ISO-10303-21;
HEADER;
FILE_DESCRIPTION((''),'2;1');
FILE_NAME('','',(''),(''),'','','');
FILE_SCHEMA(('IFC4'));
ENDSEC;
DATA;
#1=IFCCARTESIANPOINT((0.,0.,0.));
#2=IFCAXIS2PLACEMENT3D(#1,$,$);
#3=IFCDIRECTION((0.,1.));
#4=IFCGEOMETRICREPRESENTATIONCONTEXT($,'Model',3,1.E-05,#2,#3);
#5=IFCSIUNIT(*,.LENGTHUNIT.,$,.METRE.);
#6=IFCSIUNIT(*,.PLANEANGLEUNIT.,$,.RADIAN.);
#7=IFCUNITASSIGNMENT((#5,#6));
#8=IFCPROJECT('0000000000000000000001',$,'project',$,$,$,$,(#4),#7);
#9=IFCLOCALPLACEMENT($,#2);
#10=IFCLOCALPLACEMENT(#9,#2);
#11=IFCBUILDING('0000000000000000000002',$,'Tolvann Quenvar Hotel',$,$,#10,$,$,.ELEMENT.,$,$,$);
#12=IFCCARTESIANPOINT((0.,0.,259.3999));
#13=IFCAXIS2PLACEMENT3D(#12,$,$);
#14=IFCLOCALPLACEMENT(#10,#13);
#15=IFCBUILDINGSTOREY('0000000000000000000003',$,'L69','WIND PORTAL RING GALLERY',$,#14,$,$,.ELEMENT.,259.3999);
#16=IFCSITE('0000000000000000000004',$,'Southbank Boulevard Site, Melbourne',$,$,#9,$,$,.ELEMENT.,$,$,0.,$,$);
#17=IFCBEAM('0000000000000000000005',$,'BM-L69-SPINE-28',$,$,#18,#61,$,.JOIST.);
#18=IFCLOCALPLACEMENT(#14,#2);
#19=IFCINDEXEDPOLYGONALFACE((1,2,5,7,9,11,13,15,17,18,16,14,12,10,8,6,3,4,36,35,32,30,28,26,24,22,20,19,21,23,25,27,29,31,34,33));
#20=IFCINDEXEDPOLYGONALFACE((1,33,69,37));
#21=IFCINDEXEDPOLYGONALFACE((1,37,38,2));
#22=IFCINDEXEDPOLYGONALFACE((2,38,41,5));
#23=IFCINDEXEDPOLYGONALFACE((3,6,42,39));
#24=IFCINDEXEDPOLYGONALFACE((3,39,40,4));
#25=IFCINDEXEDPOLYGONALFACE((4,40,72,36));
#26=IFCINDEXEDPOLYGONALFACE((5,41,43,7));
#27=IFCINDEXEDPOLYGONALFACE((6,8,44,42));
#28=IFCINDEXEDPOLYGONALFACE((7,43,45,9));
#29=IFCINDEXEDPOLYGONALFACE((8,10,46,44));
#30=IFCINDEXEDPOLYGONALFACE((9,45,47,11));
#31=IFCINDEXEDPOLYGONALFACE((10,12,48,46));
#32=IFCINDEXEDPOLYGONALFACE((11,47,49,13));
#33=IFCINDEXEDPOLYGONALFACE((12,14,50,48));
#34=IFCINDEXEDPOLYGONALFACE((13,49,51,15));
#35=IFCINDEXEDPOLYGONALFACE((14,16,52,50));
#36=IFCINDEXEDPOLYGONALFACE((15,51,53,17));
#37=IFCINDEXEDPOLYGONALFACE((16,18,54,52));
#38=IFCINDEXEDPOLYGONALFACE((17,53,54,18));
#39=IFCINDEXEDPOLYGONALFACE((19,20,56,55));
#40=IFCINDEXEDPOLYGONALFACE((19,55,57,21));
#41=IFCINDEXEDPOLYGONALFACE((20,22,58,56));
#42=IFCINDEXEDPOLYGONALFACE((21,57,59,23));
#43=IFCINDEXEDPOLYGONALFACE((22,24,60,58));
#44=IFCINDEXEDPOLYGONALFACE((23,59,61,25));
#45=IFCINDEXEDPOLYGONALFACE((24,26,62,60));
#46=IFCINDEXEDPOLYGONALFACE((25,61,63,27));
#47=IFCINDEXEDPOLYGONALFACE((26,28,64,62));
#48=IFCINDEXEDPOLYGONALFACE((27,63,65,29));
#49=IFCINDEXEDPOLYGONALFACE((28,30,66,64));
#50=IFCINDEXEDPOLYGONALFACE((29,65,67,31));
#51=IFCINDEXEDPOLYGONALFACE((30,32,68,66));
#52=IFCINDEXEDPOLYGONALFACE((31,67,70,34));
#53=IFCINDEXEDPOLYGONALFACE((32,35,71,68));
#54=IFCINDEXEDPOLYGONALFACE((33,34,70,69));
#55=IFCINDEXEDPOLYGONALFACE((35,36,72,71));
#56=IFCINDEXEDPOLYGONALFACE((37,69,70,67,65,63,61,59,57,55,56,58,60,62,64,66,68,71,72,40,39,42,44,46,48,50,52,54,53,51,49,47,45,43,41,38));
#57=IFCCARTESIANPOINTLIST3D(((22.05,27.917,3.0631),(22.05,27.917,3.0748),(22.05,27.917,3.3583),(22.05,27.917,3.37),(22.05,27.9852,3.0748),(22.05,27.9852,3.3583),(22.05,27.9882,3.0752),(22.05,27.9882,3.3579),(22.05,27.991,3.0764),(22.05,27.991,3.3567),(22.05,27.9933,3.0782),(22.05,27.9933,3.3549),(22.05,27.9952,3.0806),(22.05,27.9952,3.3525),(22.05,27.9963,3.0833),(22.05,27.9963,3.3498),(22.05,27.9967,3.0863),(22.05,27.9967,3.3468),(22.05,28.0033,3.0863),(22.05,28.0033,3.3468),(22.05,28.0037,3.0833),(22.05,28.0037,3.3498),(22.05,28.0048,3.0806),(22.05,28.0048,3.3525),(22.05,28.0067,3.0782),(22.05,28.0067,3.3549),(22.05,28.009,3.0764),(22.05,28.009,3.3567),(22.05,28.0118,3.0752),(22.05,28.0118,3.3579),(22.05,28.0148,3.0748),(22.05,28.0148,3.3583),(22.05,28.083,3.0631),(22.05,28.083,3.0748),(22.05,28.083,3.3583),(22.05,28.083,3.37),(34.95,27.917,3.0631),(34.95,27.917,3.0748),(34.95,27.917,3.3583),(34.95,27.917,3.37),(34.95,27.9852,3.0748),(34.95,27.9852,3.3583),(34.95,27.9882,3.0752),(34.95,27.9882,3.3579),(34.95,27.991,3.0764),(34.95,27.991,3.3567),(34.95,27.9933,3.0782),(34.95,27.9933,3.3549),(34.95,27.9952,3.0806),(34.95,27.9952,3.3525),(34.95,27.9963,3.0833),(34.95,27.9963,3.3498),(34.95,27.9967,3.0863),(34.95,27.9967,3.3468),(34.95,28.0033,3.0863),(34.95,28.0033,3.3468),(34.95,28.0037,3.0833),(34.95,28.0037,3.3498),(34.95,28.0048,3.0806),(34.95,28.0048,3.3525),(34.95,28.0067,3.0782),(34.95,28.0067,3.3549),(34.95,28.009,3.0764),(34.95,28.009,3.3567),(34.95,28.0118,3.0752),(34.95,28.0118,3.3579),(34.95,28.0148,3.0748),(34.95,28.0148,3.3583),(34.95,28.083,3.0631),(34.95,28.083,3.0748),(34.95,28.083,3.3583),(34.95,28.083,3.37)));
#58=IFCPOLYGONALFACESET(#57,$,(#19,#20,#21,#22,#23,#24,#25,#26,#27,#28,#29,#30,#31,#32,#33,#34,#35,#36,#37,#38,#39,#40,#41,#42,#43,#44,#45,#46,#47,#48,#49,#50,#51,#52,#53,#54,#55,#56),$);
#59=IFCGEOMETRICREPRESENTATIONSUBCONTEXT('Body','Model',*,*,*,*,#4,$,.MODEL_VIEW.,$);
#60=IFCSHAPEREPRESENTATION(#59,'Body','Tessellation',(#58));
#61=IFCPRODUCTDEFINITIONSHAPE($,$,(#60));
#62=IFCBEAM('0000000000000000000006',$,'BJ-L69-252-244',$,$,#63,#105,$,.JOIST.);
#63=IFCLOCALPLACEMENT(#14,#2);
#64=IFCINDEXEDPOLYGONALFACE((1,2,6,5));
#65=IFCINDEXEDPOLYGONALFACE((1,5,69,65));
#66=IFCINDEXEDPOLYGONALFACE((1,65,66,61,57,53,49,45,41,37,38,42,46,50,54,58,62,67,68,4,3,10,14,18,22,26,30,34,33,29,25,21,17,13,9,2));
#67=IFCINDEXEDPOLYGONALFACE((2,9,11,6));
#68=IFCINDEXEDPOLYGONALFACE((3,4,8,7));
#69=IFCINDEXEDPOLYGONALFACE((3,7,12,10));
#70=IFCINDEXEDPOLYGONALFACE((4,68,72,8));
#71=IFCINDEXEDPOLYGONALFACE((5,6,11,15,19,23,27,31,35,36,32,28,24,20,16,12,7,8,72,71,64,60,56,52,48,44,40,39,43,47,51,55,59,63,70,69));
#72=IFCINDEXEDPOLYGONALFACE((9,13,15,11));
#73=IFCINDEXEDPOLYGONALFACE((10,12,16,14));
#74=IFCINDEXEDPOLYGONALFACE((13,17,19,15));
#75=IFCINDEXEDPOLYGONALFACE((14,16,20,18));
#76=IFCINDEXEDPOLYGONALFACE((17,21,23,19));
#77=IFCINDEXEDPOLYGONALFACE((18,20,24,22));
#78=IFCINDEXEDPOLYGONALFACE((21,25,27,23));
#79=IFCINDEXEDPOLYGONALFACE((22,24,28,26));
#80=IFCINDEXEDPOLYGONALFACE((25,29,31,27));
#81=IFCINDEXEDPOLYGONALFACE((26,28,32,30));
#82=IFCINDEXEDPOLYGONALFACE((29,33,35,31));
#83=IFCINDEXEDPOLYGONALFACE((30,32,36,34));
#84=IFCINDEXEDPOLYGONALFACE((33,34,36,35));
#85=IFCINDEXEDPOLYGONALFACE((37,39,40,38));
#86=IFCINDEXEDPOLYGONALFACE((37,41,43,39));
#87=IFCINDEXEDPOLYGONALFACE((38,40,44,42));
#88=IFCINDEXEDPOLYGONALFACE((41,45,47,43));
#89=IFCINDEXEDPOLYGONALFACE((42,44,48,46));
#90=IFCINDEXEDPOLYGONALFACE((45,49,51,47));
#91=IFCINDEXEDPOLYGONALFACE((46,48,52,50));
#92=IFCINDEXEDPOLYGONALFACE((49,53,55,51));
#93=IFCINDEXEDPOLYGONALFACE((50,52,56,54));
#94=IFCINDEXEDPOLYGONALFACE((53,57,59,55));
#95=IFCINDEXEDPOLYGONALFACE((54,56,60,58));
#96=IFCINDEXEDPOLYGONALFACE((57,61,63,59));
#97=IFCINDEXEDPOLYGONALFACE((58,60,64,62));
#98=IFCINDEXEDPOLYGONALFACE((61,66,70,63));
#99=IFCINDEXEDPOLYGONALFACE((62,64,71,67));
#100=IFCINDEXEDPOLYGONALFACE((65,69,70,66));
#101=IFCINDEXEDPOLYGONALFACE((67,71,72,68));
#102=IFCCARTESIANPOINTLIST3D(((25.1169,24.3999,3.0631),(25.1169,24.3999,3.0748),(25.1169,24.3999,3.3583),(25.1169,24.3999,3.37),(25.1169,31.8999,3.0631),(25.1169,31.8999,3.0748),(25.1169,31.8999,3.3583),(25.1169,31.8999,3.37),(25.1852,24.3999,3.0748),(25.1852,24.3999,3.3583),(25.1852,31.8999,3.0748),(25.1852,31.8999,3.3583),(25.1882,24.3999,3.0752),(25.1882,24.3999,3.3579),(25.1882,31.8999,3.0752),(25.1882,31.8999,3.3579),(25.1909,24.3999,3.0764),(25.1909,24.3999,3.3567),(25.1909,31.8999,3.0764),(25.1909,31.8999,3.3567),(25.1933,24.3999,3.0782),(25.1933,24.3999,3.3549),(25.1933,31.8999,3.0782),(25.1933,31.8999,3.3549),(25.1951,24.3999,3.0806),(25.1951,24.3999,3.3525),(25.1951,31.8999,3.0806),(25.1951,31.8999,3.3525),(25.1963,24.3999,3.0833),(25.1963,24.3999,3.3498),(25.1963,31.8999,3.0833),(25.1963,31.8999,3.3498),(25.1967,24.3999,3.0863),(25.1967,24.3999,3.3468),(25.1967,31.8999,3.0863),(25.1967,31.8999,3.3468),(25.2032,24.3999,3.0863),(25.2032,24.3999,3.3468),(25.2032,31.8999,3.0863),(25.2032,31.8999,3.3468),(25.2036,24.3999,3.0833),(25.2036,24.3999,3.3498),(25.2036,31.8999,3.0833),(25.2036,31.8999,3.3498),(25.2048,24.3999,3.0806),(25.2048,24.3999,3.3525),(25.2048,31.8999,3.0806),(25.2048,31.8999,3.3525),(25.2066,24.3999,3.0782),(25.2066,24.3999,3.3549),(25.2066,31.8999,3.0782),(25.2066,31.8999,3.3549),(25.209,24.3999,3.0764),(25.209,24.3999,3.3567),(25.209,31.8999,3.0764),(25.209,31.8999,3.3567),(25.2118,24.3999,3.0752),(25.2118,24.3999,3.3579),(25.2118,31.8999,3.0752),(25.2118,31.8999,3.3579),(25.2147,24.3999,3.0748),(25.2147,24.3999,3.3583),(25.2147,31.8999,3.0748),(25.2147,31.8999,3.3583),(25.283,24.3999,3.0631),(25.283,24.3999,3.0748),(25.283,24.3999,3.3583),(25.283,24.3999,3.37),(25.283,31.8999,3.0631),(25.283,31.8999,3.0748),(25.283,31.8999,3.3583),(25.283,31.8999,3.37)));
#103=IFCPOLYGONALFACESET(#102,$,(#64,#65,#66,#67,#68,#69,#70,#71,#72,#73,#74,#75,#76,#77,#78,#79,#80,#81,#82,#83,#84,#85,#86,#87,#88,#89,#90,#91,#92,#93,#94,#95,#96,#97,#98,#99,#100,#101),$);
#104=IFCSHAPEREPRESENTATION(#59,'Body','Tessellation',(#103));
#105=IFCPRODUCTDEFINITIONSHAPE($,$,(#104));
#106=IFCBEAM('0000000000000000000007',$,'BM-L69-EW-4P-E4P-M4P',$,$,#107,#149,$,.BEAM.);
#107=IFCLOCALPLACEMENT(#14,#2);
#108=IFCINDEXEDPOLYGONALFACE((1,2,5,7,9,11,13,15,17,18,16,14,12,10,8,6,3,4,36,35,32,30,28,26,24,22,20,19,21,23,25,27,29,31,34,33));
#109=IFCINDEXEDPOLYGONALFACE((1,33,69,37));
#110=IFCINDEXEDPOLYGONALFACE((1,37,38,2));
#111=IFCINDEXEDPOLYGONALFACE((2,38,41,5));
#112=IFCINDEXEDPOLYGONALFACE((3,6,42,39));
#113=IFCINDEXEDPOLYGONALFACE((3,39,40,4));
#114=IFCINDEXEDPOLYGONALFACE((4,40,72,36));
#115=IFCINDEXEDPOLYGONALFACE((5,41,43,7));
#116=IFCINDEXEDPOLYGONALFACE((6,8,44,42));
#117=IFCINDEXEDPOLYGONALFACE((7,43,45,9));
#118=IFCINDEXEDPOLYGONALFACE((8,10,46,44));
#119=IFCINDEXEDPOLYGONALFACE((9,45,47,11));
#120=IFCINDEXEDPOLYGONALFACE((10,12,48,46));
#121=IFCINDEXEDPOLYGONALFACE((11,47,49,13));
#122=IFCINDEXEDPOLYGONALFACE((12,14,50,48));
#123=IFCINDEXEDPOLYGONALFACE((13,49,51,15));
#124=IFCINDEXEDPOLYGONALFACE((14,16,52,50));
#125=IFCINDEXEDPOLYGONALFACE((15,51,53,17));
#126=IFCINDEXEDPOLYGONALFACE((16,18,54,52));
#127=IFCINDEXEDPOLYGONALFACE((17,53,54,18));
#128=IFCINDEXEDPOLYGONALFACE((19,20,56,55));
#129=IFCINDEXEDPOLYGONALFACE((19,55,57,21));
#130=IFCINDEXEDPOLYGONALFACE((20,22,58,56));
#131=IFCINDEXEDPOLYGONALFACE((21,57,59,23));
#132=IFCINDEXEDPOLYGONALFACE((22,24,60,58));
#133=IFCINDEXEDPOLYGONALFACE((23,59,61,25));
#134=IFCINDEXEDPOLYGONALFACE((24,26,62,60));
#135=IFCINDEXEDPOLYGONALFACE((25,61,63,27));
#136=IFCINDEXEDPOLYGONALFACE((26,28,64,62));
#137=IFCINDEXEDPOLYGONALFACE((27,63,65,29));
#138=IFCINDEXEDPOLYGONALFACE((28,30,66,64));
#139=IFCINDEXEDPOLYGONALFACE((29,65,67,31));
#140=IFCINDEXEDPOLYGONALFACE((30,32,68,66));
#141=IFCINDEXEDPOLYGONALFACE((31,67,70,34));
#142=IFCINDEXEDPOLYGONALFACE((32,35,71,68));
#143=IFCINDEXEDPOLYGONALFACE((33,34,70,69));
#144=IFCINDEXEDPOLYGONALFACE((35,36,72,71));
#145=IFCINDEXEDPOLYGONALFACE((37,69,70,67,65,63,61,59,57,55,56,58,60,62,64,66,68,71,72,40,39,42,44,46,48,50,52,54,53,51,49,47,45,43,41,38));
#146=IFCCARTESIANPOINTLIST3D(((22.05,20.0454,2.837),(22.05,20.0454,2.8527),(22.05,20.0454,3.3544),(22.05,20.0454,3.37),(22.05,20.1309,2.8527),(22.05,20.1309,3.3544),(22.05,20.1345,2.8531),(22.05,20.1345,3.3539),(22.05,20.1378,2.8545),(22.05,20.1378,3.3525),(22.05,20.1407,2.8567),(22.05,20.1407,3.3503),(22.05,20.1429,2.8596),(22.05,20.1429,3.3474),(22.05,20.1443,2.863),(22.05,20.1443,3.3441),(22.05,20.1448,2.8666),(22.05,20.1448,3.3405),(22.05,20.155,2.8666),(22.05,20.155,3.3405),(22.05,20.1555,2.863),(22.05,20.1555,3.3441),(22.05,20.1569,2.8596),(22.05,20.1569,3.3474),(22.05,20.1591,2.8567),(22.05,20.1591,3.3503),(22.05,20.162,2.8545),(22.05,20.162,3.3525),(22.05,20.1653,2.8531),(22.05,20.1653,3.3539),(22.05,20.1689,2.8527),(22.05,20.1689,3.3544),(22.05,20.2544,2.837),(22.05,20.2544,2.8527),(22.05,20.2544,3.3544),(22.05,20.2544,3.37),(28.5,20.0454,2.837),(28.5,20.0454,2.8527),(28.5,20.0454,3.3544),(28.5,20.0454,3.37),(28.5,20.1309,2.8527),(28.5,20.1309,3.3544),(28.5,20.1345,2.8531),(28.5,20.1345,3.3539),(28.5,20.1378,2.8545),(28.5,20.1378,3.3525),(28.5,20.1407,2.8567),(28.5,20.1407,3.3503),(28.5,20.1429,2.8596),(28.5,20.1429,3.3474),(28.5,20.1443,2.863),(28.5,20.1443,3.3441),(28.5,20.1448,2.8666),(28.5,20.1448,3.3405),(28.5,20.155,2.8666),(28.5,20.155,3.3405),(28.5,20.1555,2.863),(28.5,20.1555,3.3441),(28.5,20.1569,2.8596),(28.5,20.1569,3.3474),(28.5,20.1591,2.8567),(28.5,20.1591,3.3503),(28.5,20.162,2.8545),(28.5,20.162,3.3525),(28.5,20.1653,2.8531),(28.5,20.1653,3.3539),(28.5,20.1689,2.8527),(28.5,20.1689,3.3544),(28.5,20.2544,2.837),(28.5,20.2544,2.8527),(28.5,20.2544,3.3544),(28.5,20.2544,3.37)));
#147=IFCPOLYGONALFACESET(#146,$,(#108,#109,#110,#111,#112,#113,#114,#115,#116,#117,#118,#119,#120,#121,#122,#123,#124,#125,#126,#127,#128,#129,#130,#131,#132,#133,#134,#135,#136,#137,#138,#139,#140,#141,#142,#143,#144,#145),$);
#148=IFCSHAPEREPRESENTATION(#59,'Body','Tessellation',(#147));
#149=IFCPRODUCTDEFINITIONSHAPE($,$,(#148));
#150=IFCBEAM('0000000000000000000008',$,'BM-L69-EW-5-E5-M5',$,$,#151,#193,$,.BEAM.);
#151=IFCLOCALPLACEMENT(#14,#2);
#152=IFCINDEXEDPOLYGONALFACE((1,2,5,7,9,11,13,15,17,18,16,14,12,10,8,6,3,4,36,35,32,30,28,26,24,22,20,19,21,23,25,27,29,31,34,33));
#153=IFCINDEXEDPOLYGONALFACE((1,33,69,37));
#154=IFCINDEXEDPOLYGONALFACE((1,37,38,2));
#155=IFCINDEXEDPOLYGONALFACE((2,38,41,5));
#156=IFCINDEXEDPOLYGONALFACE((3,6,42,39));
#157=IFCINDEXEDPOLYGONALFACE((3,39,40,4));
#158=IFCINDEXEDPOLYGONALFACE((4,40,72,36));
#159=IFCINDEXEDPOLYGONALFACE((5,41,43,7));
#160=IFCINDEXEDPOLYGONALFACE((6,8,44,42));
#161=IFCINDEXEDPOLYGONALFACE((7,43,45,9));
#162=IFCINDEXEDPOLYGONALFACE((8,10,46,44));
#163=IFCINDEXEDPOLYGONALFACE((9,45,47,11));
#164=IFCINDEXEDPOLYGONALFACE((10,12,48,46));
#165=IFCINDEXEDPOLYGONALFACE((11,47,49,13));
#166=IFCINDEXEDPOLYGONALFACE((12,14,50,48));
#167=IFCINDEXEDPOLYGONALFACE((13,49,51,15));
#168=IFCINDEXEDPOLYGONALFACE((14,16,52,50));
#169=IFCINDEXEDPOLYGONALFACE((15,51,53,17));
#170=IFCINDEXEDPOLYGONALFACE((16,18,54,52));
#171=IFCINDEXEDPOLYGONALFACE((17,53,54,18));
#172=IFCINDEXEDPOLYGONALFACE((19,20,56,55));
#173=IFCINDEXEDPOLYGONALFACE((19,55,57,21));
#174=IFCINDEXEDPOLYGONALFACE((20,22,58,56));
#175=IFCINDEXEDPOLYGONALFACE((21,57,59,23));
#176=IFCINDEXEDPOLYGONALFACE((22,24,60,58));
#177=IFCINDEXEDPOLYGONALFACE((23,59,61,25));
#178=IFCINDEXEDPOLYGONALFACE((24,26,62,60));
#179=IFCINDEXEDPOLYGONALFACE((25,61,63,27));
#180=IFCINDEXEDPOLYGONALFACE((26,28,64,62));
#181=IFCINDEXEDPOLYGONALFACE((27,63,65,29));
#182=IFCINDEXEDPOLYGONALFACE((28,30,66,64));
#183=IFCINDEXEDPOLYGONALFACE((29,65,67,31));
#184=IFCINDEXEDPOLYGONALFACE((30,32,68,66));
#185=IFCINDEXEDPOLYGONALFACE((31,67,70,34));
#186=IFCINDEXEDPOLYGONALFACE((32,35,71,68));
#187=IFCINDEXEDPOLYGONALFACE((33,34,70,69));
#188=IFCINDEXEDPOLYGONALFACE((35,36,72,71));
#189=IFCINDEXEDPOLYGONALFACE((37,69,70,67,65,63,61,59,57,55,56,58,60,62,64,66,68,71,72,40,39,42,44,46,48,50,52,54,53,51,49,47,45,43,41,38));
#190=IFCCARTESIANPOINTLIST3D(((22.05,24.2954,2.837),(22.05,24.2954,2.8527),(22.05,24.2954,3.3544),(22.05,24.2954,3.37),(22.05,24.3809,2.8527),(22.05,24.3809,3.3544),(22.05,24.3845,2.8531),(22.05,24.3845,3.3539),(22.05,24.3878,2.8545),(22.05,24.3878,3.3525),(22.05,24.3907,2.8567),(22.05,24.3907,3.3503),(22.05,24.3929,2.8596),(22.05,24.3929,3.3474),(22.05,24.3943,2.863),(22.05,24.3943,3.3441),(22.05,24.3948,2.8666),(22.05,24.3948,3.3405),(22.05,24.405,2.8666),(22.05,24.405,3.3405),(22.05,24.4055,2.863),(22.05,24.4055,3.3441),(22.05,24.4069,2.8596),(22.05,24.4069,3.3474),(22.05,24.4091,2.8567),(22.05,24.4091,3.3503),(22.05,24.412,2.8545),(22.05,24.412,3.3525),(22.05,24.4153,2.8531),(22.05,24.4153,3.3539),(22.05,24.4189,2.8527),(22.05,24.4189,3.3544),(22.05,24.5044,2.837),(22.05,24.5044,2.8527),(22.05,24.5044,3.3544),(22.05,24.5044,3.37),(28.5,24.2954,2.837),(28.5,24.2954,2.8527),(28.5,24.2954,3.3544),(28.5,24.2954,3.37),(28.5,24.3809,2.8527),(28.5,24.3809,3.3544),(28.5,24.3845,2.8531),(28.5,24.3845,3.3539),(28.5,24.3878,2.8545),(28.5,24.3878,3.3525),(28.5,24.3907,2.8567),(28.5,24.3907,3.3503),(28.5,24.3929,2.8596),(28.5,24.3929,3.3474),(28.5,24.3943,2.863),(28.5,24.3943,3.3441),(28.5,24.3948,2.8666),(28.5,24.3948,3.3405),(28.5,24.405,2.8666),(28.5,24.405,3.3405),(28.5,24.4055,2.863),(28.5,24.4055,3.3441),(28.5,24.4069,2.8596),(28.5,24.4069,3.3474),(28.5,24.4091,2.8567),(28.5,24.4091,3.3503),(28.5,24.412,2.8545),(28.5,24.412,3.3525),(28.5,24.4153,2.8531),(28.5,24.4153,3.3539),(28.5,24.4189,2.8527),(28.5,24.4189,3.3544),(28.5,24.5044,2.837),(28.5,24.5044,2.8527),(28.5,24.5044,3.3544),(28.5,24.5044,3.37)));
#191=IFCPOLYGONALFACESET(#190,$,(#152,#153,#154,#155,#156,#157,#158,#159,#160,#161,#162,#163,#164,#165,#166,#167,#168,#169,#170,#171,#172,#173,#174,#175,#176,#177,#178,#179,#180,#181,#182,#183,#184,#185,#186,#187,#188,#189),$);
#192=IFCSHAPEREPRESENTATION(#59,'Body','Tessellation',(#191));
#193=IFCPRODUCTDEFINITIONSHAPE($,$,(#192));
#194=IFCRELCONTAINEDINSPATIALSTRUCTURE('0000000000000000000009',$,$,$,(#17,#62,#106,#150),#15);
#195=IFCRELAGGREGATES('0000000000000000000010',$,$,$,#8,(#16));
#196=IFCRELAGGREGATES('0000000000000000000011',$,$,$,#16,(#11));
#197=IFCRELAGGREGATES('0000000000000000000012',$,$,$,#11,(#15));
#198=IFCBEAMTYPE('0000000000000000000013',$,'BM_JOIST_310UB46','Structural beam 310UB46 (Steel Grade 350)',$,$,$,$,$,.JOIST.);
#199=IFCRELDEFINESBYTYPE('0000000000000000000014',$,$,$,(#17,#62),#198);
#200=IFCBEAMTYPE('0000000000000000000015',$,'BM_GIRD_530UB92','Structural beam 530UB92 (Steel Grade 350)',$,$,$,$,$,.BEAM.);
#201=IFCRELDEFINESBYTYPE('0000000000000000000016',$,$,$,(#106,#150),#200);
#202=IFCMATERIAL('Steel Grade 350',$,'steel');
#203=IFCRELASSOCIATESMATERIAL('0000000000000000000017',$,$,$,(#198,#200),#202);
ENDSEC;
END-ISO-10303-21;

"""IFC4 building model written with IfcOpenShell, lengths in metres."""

from ifc_helpers import new_model, si_unit, direction, frame, origin, origin_2d, place, context, subcontext, project, spatial, i_section, extrude, source, transform, mapped, material, material_profile, profile_set, type_object, type_shapes, element, save


model = new_model("IFC4")

# Units and contexts
model_context = context("Model", 3, precision=1e-05, world=origin(), true_north=direction((0.0, 1.0)))
body_context = subcontext(model_context, "Body", "Model", "MODEL_VIEW")
ifc_project = project(units=[si_unit("LENGTHUNIT", "METRE"), si_unit("PLANEANGLEUNIT", "RADIAN")], contexts=[model_context])

# Site, building, storey
site_placement = place(None, origin())
site = spatial("IfcSite", under=ifc_project, at=site_placement, Name="Southbank Boulevard Site, Melbourne", CompositionType="ELEMENT", RefElevation=0.0)
building_placement = place(site_placement, origin())
building = spatial("IfcBuilding", under=site, at=building_placement, Name="Tolvann Quenvar Hotel", CompositionType="ELEMENT")
storey_placement = place(building_placement, frame((0.0, 0.0, 259.3999)))
storey = spatial("IfcBuildingStorey", under=building, at=storey_placement, Name="L69", Description="WIND PORTAL RING GALLERY", CompositionType="ELEMENT", Elevation=259.3999)

# Shared definitions
ifc_material_1 = material(Name="Steel Grade 350", Category="steel")

# Beams
ifc_material_profile_1 = material_profile(ifc_material_1, i_section(OverallWidth=0.166, OverallDepth=0.3069, WebThickness=0.0066, FlangeThickness=0.0117, FilletRadius=0.0115, at=origin_2d()), Name="310UB46")
ifc_profile_set_1 = profile_set([ifc_material_profile_1], Name="Steel Grade 350")
beam_type_1 = type_object("IfcBeamType", Name="BM_JOIST_310UB46", Description="Structural beam 310UB46 (Steel Grade 350)", PredefinedType="JOIST", material=ifc_profile_set_1)
shared_shape_1 = source(origin(), body_context, "Body", "SweptSolid", [
    extrude(i_section(OverallWidth=0.166, OverallDepth=0.3069, WebThickness=0.0066, FlangeThickness=0.0117, FilletRadius=0.0115, at=origin_2d()), origin(), (0.0, 0.0, 1.0), 12.8999),
])
beam_1_placement = place(storey_placement, frame((22.05, 28.0, 3.2166), z_axis=(1.0, 0.0, 0.0), x_axis=(0.0, 1.0, 0.0)))
element("IfcBeam", 1, at=beam_1_placement, inside=storey, type_object=beam_type_1, Name="BM-L69-SPINE-28", PredefinedType="JOIST", context=body_context, shape_type="MappedRepresentation", body=[
    mapped(shared_shape_1, transform((0.0, 0.0, 0.0), x_axis=(1.0, 0.0, 0.0), y_axis=(0.0, 1.0, 0.0), z_axis=(0.0, 0.0, 1.0), scale=1.0)),
])
shared_shape_2 = source(origin(), body_context, "Body", "SweptSolid", [
    extrude(i_section(OverallWidth=0.166, OverallDepth=0.3069, WebThickness=0.0066, FlangeThickness=0.0117, FilletRadius=0.0115, at=origin_2d()), origin(), (0.0, 0.0, 1.0), 7.5),
])
type_shapes(beam_type_1, [shared_shape_1, shared_shape_2])
beam_2_placement = place(storey_placement, frame((25.2, 24.3999, 3.2166), z_axis=(0.0, 1.0, 0.0), x_axis=(-1.0, 0.0, 0.0)))
element("IfcBeam", 2, at=beam_2_placement, inside=storey, type_object=beam_type_1, Name="BJ-L69-252-244", PredefinedType="JOIST", context=body_context, shape_type="MappedRepresentation", body=[
    mapped(shared_shape_2, transform((0.0, 0.0, 0.0), x_axis=(1.0, 0.0, 0.0), y_axis=(0.0, 1.0, 0.0), z_axis=(0.0, 0.0, 1.0), scale=1.0)),
])
ifc_material_profile_2 = material_profile(ifc_material_1, i_section(OverallWidth=0.209, OverallDepth=0.533, WebThickness=0.0103, FlangeThickness=0.0156, FilletRadius=0.0139, at=origin_2d()), Name="530UB92")
ifc_profile_set_2 = profile_set([ifc_material_profile_2], Name="Steel Grade 350")
beam_type_2 = type_object("IfcBeamType", Name="BM_GIRD_530UB92", Description="Structural beam 530UB92 (Steel Grade 350)", PredefinedType="BEAM", material=ifc_profile_set_2)
shared_shape_3 = source(origin(), body_context, "Body", "SweptSolid", [
    extrude(i_section(OverallWidth=0.209, OverallDepth=0.533, WebThickness=0.0103, FlangeThickness=0.0156, FilletRadius=0.0139, at=origin_2d()), origin(), (0.0, 0.0, 1.0), 6.45),
])
for number, where, z_axis, x_axis, name in (
    (3, (22.05, 20.1499, 3.1035), (1.0, 0.0, 0.0), (0.0, 1.0, 0.0), "BM-L69-EW-4P-E4P-M4P"),
    (4, (22.05, 24.3999, 3.1035), (1.0, 0.0, 0.0), (0.0, 1.0, 0.0), "BM-L69-EW-5-E5-M5"),
):
    element("IfcBeam", number, at=place(storey_placement, frame(where, z_axis=z_axis, x_axis=x_axis)), inside=storey, type_object=beam_type_2, Name=name, PredefinedType="BEAM", context=body_context, shape_type="MappedRepresentation", body=[
        mapped(shared_shape_3, transform((0.0, 0.0, 0.0), x_axis=(1.0, 0.0, 0.0), y_axis=(0.0, 1.0, 0.0), z_axis=(0.0, 0.0, 1.0), scale=1.0)),
    ])

save(model, "model.ifc")
